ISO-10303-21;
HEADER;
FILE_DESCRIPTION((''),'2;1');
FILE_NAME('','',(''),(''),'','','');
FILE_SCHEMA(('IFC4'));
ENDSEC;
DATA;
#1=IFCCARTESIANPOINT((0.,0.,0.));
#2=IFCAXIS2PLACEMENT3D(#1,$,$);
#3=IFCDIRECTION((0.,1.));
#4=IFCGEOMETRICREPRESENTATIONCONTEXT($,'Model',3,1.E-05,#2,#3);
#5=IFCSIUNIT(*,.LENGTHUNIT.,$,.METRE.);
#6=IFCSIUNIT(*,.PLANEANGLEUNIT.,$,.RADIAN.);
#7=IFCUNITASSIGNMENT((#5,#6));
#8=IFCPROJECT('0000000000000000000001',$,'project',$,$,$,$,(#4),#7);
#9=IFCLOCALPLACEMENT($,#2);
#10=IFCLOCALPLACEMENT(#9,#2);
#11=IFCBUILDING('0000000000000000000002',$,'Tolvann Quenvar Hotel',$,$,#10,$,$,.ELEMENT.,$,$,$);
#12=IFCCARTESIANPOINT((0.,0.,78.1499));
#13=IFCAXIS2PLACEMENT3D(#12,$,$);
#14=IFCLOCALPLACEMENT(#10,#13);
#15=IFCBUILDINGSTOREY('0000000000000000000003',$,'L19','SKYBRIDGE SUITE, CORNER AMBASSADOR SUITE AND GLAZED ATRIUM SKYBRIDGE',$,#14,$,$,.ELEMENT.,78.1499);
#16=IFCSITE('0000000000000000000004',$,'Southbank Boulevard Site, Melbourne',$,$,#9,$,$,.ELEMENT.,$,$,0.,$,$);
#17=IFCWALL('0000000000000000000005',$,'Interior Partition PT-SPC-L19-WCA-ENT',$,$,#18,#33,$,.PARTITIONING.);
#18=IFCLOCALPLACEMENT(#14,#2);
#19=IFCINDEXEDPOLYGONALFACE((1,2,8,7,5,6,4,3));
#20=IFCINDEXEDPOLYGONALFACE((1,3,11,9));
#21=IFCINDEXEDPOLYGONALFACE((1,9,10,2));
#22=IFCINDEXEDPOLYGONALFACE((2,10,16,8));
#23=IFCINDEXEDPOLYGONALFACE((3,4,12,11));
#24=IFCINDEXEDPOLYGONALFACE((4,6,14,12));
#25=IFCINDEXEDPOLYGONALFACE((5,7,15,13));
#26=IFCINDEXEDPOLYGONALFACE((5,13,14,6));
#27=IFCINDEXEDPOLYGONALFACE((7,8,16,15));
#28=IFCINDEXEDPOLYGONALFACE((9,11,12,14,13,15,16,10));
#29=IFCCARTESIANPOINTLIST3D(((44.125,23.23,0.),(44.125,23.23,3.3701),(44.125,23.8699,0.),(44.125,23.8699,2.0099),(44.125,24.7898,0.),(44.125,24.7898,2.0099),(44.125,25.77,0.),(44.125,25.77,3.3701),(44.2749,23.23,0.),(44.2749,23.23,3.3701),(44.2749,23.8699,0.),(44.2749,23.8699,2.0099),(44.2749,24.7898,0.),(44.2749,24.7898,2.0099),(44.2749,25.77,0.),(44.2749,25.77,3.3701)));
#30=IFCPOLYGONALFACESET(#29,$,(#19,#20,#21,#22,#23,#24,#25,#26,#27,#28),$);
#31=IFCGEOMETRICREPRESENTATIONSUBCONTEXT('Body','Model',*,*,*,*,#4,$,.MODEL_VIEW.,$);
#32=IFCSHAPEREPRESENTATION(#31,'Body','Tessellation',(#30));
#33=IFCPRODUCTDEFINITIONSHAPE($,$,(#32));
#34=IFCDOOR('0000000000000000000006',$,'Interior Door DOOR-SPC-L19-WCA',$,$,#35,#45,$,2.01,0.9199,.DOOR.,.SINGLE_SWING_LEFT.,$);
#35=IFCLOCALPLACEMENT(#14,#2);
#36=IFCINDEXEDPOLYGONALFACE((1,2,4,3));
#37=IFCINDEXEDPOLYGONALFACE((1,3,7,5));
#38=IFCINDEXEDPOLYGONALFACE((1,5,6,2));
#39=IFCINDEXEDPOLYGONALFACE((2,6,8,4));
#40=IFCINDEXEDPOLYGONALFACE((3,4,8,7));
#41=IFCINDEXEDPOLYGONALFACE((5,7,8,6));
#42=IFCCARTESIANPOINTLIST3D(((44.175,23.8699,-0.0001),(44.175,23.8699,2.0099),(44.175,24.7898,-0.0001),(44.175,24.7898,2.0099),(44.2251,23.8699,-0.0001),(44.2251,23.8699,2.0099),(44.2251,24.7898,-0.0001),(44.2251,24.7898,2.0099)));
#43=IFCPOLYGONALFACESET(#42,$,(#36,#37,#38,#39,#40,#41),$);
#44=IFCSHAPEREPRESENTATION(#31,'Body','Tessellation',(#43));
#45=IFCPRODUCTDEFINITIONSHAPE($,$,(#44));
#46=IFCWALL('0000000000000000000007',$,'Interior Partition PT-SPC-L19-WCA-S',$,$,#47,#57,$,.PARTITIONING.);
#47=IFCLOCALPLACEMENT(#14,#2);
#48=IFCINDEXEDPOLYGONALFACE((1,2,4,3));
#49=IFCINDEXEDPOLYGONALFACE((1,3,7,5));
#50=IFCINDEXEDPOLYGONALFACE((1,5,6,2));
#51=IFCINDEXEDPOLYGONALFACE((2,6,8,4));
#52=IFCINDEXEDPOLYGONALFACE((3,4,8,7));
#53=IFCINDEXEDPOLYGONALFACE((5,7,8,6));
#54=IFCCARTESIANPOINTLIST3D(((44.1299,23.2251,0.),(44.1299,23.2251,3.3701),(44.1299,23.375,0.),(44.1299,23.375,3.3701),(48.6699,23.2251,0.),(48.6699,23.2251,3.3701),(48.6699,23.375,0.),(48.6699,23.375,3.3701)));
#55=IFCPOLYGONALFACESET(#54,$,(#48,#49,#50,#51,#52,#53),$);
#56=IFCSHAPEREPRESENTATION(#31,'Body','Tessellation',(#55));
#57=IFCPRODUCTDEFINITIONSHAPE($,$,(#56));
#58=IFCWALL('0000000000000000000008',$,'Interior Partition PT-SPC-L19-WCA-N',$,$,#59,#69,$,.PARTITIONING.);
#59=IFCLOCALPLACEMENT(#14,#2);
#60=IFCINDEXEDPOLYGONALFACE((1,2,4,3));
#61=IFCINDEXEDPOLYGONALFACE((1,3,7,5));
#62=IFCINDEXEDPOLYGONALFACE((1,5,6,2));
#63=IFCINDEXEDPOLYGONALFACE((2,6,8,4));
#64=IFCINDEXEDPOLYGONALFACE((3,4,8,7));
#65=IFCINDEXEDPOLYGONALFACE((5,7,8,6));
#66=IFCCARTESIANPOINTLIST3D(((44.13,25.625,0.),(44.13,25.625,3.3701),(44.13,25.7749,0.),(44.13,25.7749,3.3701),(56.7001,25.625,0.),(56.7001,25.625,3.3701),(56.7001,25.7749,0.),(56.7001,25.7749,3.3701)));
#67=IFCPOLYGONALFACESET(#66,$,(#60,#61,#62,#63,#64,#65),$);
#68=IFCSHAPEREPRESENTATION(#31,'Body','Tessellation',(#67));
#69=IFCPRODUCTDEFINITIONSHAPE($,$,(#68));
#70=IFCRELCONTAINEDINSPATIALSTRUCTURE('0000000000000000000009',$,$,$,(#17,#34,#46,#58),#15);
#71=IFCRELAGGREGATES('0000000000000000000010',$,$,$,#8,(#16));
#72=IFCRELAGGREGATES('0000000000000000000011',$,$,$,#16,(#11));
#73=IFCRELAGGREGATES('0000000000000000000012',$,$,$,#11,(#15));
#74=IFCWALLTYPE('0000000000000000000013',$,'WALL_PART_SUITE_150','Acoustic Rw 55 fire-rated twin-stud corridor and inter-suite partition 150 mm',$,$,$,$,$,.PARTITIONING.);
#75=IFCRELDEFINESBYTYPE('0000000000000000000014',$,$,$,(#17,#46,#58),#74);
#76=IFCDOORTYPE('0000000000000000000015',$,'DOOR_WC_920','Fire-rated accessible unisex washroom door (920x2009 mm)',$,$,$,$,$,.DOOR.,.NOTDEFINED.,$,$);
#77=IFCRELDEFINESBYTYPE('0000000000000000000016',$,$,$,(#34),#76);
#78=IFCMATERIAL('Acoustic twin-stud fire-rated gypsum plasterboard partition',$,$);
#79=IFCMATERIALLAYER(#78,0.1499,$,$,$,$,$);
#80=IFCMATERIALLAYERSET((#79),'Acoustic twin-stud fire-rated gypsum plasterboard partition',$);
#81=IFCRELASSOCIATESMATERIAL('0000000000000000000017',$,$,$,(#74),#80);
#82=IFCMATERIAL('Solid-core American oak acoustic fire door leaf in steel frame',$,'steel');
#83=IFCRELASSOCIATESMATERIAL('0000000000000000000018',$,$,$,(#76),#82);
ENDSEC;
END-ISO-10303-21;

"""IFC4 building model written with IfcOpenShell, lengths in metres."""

from ifc_helpers import new_model, si_unit, direction, frame, frame_2d, origin, place, context, subcontext, project, spatial, rectangle, extrude, source, transform, mapped, material, layer, layer_set, type_object, type_shapes, element, fill, save


model = new_model("IFC4")

# Units and contexts
model_context = context("Model", 3, precision=1e-05, world=origin(), true_north=direction((0.0, 1.0)))
body_context = subcontext(model_context, "Body", "Model", "MODEL_VIEW")
ifc_project = project(units=[si_unit("LENGTHUNIT", "METRE"), si_unit("PLANEANGLEUNIT", "RADIAN")], contexts=[model_context])

# Site, building, storey
site_placement = place(None, origin())
site = spatial("IfcSite", under=ifc_project, at=site_placement, Name="Southbank Boulevard Site, Melbourne", CompositionType="ELEMENT", RefElevation=0.0)
building_placement = place(site_placement, origin())
building = spatial("IfcBuilding", under=site, at=building_placement, Name="Tolvann Quenvar Hotel", CompositionType="ELEMENT")
storey_placement = place(building_placement, frame((0.0, 0.0, 78.1499)))
storey = spatial("IfcBuildingStorey", under=building, at=storey_placement, Name="L19", Description="SKYBRIDGE SUITE, CORNER AMBASSADOR SUITE AND GLAZED ATRIUM SKYBRIDGE", CompositionType="ELEMENT", Elevation=78.1499)

# Shared definitions
ifc_material_1 = material(Name="Acoustic twin-stud fire-rated gypsum plasterboard partition")
ifc_layer_1 = layer(ifc_material_1, 0.1499)
ifc_layer_set_1 = layer_set([ifc_layer_1], Name="Acoustic twin-stud fire-rated gypsum plasterboard partition")
wall_type_1 = type_object("IfcWallType", Name="WALL_PART_SUITE_150", Description="Acoustic Rw 55 fire-rated twin-stud corridor and inter-suite partition 150 mm", PredefinedType="PARTITIONING", material=ifc_layer_set_1)

# Shared definitions
ifc_material_2 = material(Name="Solid-core American oak acoustic fire door leaf in steel frame", Category="steel")

# Wall, opening, door
wall_1_placement = place(storey_placement, frame((44.2, 23.23, 0.0), z_axis=(0.0, 0.0, 1.0), x_axis=(0.0, 1.0, 0.0)))
wall_1 = element("IfcWall", 1, at=wall_1_placement, inside=storey, type_object=wall_type_1, Name="Interior Partition PT-SPC-L19-WCA-ENT", PredefinedType="PARTITIONING", context=body_context, shape_type="SweptSolid", body=[
    extrude(rectangle(XDim=2.54, YDim=0.1499, at=frame_2d((1.27, 0.0))), origin(), (0.0, 0.0, 1.0), 3.3701),
])
opening_1_placement = place(wall_1_placement, frame((0.6399, 0.0, 0.0)))
opening_1 = element("IfcOpeningElement", 2, at=opening_1_placement, cuts=wall_1, PredefinedType="OPENING", context=body_context, shape_type="SweptSolid", body=[
    extrude(rectangle(XDim=0.9199, YDim=2.01, at=frame_2d((0.46, 1.0049))), frame((0.0, 0.085, 0.0), z_axis=(0.0, -1.0, 0.0), x_axis=(1.0, 0.0, 0.0)), (0.0, 0.0, 1.0), 0.1699),
])
door_type_1 = type_object("IfcDoorType", Name="DOOR_WC_920", Description="Fire-rated accessible unisex washroom door (920x2009 mm)", OperationType="NOTDEFINED", PredefinedType="DOOR", material=ifc_material_2)
shared_shape_1 = source(origin(), body_context, "Body", "SweptSolid", [
    extrude(rectangle(XDim=0.9199, YDim=2.01, at=frame_2d((0.46, 1.0049))), frame((0.0, 0.0249, 0.0), z_axis=(0.0, -1.0, 0.0), x_axis=(1.0, 0.0, 0.0)), (0.0, 0.0, 1.0), 0.05),
])
type_shapes(door_type_1, [shared_shape_1])
door_1_placement = place(opening_1_placement, origin())
door_1 = element("IfcDoor", 3, at=door_1_placement, inside=storey, type_object=door_type_1, Name="Interior Door DOOR-SPC-L19-WCA", OperationType="SINGLE_SWING_LEFT", OverallHeight=2.01, OverallWidth=0.9199, PredefinedType="DOOR", context=body_context, shape_type="MappedRepresentation", body=[
    mapped(shared_shape_1, transform((0.0, 0.0, 0.0), x_axis=(1.0, 0.0, 0.0), y_axis=(0.0, 1.0, 0.0), z_axis=(0.0, 0.0, 1.0), scale=1.0)),
])
fill(opening_1, door_1)

# Walls
wall_2_placement = place(storey_placement, frame((44.1299, 23.3, 0.0), z_axis=(0.0, 0.0, 1.0), x_axis=(1.0, 0.0, 0.0)))
element("IfcWall", 4, at=wall_2_placement, inside=storey, type_object=wall_type_1, Name="Interior Partition PT-SPC-L19-WCA-S", PredefinedType="PARTITIONING", context=body_context, shape_type="SweptSolid", body=[
    extrude(rectangle(XDim=4.54, YDim=0.1499, at=frame_2d((2.27, 0.0))), origin(), (0.0, 0.0, 1.0), 3.3701),
])
wall_3_placement = place(storey_placement, frame((44.1299, 25.7, 0.0), z_axis=(0.0, 0.0, 1.0), x_axis=(1.0, 0.0, 0.0)))
element("IfcWall", 5, at=wall_3_placement, inside=storey, type_object=wall_type_1, Name="Interior Partition PT-SPC-L19-WCA-N", PredefinedType="PARTITIONING", context=body_context, shape_type="SweptSolid", body=[
    extrude(rectangle(XDim=12.5701, YDim=0.1499, at=frame_2d((6.2852, 0.0))), origin(), (0.0, 0.0, 1.0), 3.3701),
])

save(model, "model.ifc")
